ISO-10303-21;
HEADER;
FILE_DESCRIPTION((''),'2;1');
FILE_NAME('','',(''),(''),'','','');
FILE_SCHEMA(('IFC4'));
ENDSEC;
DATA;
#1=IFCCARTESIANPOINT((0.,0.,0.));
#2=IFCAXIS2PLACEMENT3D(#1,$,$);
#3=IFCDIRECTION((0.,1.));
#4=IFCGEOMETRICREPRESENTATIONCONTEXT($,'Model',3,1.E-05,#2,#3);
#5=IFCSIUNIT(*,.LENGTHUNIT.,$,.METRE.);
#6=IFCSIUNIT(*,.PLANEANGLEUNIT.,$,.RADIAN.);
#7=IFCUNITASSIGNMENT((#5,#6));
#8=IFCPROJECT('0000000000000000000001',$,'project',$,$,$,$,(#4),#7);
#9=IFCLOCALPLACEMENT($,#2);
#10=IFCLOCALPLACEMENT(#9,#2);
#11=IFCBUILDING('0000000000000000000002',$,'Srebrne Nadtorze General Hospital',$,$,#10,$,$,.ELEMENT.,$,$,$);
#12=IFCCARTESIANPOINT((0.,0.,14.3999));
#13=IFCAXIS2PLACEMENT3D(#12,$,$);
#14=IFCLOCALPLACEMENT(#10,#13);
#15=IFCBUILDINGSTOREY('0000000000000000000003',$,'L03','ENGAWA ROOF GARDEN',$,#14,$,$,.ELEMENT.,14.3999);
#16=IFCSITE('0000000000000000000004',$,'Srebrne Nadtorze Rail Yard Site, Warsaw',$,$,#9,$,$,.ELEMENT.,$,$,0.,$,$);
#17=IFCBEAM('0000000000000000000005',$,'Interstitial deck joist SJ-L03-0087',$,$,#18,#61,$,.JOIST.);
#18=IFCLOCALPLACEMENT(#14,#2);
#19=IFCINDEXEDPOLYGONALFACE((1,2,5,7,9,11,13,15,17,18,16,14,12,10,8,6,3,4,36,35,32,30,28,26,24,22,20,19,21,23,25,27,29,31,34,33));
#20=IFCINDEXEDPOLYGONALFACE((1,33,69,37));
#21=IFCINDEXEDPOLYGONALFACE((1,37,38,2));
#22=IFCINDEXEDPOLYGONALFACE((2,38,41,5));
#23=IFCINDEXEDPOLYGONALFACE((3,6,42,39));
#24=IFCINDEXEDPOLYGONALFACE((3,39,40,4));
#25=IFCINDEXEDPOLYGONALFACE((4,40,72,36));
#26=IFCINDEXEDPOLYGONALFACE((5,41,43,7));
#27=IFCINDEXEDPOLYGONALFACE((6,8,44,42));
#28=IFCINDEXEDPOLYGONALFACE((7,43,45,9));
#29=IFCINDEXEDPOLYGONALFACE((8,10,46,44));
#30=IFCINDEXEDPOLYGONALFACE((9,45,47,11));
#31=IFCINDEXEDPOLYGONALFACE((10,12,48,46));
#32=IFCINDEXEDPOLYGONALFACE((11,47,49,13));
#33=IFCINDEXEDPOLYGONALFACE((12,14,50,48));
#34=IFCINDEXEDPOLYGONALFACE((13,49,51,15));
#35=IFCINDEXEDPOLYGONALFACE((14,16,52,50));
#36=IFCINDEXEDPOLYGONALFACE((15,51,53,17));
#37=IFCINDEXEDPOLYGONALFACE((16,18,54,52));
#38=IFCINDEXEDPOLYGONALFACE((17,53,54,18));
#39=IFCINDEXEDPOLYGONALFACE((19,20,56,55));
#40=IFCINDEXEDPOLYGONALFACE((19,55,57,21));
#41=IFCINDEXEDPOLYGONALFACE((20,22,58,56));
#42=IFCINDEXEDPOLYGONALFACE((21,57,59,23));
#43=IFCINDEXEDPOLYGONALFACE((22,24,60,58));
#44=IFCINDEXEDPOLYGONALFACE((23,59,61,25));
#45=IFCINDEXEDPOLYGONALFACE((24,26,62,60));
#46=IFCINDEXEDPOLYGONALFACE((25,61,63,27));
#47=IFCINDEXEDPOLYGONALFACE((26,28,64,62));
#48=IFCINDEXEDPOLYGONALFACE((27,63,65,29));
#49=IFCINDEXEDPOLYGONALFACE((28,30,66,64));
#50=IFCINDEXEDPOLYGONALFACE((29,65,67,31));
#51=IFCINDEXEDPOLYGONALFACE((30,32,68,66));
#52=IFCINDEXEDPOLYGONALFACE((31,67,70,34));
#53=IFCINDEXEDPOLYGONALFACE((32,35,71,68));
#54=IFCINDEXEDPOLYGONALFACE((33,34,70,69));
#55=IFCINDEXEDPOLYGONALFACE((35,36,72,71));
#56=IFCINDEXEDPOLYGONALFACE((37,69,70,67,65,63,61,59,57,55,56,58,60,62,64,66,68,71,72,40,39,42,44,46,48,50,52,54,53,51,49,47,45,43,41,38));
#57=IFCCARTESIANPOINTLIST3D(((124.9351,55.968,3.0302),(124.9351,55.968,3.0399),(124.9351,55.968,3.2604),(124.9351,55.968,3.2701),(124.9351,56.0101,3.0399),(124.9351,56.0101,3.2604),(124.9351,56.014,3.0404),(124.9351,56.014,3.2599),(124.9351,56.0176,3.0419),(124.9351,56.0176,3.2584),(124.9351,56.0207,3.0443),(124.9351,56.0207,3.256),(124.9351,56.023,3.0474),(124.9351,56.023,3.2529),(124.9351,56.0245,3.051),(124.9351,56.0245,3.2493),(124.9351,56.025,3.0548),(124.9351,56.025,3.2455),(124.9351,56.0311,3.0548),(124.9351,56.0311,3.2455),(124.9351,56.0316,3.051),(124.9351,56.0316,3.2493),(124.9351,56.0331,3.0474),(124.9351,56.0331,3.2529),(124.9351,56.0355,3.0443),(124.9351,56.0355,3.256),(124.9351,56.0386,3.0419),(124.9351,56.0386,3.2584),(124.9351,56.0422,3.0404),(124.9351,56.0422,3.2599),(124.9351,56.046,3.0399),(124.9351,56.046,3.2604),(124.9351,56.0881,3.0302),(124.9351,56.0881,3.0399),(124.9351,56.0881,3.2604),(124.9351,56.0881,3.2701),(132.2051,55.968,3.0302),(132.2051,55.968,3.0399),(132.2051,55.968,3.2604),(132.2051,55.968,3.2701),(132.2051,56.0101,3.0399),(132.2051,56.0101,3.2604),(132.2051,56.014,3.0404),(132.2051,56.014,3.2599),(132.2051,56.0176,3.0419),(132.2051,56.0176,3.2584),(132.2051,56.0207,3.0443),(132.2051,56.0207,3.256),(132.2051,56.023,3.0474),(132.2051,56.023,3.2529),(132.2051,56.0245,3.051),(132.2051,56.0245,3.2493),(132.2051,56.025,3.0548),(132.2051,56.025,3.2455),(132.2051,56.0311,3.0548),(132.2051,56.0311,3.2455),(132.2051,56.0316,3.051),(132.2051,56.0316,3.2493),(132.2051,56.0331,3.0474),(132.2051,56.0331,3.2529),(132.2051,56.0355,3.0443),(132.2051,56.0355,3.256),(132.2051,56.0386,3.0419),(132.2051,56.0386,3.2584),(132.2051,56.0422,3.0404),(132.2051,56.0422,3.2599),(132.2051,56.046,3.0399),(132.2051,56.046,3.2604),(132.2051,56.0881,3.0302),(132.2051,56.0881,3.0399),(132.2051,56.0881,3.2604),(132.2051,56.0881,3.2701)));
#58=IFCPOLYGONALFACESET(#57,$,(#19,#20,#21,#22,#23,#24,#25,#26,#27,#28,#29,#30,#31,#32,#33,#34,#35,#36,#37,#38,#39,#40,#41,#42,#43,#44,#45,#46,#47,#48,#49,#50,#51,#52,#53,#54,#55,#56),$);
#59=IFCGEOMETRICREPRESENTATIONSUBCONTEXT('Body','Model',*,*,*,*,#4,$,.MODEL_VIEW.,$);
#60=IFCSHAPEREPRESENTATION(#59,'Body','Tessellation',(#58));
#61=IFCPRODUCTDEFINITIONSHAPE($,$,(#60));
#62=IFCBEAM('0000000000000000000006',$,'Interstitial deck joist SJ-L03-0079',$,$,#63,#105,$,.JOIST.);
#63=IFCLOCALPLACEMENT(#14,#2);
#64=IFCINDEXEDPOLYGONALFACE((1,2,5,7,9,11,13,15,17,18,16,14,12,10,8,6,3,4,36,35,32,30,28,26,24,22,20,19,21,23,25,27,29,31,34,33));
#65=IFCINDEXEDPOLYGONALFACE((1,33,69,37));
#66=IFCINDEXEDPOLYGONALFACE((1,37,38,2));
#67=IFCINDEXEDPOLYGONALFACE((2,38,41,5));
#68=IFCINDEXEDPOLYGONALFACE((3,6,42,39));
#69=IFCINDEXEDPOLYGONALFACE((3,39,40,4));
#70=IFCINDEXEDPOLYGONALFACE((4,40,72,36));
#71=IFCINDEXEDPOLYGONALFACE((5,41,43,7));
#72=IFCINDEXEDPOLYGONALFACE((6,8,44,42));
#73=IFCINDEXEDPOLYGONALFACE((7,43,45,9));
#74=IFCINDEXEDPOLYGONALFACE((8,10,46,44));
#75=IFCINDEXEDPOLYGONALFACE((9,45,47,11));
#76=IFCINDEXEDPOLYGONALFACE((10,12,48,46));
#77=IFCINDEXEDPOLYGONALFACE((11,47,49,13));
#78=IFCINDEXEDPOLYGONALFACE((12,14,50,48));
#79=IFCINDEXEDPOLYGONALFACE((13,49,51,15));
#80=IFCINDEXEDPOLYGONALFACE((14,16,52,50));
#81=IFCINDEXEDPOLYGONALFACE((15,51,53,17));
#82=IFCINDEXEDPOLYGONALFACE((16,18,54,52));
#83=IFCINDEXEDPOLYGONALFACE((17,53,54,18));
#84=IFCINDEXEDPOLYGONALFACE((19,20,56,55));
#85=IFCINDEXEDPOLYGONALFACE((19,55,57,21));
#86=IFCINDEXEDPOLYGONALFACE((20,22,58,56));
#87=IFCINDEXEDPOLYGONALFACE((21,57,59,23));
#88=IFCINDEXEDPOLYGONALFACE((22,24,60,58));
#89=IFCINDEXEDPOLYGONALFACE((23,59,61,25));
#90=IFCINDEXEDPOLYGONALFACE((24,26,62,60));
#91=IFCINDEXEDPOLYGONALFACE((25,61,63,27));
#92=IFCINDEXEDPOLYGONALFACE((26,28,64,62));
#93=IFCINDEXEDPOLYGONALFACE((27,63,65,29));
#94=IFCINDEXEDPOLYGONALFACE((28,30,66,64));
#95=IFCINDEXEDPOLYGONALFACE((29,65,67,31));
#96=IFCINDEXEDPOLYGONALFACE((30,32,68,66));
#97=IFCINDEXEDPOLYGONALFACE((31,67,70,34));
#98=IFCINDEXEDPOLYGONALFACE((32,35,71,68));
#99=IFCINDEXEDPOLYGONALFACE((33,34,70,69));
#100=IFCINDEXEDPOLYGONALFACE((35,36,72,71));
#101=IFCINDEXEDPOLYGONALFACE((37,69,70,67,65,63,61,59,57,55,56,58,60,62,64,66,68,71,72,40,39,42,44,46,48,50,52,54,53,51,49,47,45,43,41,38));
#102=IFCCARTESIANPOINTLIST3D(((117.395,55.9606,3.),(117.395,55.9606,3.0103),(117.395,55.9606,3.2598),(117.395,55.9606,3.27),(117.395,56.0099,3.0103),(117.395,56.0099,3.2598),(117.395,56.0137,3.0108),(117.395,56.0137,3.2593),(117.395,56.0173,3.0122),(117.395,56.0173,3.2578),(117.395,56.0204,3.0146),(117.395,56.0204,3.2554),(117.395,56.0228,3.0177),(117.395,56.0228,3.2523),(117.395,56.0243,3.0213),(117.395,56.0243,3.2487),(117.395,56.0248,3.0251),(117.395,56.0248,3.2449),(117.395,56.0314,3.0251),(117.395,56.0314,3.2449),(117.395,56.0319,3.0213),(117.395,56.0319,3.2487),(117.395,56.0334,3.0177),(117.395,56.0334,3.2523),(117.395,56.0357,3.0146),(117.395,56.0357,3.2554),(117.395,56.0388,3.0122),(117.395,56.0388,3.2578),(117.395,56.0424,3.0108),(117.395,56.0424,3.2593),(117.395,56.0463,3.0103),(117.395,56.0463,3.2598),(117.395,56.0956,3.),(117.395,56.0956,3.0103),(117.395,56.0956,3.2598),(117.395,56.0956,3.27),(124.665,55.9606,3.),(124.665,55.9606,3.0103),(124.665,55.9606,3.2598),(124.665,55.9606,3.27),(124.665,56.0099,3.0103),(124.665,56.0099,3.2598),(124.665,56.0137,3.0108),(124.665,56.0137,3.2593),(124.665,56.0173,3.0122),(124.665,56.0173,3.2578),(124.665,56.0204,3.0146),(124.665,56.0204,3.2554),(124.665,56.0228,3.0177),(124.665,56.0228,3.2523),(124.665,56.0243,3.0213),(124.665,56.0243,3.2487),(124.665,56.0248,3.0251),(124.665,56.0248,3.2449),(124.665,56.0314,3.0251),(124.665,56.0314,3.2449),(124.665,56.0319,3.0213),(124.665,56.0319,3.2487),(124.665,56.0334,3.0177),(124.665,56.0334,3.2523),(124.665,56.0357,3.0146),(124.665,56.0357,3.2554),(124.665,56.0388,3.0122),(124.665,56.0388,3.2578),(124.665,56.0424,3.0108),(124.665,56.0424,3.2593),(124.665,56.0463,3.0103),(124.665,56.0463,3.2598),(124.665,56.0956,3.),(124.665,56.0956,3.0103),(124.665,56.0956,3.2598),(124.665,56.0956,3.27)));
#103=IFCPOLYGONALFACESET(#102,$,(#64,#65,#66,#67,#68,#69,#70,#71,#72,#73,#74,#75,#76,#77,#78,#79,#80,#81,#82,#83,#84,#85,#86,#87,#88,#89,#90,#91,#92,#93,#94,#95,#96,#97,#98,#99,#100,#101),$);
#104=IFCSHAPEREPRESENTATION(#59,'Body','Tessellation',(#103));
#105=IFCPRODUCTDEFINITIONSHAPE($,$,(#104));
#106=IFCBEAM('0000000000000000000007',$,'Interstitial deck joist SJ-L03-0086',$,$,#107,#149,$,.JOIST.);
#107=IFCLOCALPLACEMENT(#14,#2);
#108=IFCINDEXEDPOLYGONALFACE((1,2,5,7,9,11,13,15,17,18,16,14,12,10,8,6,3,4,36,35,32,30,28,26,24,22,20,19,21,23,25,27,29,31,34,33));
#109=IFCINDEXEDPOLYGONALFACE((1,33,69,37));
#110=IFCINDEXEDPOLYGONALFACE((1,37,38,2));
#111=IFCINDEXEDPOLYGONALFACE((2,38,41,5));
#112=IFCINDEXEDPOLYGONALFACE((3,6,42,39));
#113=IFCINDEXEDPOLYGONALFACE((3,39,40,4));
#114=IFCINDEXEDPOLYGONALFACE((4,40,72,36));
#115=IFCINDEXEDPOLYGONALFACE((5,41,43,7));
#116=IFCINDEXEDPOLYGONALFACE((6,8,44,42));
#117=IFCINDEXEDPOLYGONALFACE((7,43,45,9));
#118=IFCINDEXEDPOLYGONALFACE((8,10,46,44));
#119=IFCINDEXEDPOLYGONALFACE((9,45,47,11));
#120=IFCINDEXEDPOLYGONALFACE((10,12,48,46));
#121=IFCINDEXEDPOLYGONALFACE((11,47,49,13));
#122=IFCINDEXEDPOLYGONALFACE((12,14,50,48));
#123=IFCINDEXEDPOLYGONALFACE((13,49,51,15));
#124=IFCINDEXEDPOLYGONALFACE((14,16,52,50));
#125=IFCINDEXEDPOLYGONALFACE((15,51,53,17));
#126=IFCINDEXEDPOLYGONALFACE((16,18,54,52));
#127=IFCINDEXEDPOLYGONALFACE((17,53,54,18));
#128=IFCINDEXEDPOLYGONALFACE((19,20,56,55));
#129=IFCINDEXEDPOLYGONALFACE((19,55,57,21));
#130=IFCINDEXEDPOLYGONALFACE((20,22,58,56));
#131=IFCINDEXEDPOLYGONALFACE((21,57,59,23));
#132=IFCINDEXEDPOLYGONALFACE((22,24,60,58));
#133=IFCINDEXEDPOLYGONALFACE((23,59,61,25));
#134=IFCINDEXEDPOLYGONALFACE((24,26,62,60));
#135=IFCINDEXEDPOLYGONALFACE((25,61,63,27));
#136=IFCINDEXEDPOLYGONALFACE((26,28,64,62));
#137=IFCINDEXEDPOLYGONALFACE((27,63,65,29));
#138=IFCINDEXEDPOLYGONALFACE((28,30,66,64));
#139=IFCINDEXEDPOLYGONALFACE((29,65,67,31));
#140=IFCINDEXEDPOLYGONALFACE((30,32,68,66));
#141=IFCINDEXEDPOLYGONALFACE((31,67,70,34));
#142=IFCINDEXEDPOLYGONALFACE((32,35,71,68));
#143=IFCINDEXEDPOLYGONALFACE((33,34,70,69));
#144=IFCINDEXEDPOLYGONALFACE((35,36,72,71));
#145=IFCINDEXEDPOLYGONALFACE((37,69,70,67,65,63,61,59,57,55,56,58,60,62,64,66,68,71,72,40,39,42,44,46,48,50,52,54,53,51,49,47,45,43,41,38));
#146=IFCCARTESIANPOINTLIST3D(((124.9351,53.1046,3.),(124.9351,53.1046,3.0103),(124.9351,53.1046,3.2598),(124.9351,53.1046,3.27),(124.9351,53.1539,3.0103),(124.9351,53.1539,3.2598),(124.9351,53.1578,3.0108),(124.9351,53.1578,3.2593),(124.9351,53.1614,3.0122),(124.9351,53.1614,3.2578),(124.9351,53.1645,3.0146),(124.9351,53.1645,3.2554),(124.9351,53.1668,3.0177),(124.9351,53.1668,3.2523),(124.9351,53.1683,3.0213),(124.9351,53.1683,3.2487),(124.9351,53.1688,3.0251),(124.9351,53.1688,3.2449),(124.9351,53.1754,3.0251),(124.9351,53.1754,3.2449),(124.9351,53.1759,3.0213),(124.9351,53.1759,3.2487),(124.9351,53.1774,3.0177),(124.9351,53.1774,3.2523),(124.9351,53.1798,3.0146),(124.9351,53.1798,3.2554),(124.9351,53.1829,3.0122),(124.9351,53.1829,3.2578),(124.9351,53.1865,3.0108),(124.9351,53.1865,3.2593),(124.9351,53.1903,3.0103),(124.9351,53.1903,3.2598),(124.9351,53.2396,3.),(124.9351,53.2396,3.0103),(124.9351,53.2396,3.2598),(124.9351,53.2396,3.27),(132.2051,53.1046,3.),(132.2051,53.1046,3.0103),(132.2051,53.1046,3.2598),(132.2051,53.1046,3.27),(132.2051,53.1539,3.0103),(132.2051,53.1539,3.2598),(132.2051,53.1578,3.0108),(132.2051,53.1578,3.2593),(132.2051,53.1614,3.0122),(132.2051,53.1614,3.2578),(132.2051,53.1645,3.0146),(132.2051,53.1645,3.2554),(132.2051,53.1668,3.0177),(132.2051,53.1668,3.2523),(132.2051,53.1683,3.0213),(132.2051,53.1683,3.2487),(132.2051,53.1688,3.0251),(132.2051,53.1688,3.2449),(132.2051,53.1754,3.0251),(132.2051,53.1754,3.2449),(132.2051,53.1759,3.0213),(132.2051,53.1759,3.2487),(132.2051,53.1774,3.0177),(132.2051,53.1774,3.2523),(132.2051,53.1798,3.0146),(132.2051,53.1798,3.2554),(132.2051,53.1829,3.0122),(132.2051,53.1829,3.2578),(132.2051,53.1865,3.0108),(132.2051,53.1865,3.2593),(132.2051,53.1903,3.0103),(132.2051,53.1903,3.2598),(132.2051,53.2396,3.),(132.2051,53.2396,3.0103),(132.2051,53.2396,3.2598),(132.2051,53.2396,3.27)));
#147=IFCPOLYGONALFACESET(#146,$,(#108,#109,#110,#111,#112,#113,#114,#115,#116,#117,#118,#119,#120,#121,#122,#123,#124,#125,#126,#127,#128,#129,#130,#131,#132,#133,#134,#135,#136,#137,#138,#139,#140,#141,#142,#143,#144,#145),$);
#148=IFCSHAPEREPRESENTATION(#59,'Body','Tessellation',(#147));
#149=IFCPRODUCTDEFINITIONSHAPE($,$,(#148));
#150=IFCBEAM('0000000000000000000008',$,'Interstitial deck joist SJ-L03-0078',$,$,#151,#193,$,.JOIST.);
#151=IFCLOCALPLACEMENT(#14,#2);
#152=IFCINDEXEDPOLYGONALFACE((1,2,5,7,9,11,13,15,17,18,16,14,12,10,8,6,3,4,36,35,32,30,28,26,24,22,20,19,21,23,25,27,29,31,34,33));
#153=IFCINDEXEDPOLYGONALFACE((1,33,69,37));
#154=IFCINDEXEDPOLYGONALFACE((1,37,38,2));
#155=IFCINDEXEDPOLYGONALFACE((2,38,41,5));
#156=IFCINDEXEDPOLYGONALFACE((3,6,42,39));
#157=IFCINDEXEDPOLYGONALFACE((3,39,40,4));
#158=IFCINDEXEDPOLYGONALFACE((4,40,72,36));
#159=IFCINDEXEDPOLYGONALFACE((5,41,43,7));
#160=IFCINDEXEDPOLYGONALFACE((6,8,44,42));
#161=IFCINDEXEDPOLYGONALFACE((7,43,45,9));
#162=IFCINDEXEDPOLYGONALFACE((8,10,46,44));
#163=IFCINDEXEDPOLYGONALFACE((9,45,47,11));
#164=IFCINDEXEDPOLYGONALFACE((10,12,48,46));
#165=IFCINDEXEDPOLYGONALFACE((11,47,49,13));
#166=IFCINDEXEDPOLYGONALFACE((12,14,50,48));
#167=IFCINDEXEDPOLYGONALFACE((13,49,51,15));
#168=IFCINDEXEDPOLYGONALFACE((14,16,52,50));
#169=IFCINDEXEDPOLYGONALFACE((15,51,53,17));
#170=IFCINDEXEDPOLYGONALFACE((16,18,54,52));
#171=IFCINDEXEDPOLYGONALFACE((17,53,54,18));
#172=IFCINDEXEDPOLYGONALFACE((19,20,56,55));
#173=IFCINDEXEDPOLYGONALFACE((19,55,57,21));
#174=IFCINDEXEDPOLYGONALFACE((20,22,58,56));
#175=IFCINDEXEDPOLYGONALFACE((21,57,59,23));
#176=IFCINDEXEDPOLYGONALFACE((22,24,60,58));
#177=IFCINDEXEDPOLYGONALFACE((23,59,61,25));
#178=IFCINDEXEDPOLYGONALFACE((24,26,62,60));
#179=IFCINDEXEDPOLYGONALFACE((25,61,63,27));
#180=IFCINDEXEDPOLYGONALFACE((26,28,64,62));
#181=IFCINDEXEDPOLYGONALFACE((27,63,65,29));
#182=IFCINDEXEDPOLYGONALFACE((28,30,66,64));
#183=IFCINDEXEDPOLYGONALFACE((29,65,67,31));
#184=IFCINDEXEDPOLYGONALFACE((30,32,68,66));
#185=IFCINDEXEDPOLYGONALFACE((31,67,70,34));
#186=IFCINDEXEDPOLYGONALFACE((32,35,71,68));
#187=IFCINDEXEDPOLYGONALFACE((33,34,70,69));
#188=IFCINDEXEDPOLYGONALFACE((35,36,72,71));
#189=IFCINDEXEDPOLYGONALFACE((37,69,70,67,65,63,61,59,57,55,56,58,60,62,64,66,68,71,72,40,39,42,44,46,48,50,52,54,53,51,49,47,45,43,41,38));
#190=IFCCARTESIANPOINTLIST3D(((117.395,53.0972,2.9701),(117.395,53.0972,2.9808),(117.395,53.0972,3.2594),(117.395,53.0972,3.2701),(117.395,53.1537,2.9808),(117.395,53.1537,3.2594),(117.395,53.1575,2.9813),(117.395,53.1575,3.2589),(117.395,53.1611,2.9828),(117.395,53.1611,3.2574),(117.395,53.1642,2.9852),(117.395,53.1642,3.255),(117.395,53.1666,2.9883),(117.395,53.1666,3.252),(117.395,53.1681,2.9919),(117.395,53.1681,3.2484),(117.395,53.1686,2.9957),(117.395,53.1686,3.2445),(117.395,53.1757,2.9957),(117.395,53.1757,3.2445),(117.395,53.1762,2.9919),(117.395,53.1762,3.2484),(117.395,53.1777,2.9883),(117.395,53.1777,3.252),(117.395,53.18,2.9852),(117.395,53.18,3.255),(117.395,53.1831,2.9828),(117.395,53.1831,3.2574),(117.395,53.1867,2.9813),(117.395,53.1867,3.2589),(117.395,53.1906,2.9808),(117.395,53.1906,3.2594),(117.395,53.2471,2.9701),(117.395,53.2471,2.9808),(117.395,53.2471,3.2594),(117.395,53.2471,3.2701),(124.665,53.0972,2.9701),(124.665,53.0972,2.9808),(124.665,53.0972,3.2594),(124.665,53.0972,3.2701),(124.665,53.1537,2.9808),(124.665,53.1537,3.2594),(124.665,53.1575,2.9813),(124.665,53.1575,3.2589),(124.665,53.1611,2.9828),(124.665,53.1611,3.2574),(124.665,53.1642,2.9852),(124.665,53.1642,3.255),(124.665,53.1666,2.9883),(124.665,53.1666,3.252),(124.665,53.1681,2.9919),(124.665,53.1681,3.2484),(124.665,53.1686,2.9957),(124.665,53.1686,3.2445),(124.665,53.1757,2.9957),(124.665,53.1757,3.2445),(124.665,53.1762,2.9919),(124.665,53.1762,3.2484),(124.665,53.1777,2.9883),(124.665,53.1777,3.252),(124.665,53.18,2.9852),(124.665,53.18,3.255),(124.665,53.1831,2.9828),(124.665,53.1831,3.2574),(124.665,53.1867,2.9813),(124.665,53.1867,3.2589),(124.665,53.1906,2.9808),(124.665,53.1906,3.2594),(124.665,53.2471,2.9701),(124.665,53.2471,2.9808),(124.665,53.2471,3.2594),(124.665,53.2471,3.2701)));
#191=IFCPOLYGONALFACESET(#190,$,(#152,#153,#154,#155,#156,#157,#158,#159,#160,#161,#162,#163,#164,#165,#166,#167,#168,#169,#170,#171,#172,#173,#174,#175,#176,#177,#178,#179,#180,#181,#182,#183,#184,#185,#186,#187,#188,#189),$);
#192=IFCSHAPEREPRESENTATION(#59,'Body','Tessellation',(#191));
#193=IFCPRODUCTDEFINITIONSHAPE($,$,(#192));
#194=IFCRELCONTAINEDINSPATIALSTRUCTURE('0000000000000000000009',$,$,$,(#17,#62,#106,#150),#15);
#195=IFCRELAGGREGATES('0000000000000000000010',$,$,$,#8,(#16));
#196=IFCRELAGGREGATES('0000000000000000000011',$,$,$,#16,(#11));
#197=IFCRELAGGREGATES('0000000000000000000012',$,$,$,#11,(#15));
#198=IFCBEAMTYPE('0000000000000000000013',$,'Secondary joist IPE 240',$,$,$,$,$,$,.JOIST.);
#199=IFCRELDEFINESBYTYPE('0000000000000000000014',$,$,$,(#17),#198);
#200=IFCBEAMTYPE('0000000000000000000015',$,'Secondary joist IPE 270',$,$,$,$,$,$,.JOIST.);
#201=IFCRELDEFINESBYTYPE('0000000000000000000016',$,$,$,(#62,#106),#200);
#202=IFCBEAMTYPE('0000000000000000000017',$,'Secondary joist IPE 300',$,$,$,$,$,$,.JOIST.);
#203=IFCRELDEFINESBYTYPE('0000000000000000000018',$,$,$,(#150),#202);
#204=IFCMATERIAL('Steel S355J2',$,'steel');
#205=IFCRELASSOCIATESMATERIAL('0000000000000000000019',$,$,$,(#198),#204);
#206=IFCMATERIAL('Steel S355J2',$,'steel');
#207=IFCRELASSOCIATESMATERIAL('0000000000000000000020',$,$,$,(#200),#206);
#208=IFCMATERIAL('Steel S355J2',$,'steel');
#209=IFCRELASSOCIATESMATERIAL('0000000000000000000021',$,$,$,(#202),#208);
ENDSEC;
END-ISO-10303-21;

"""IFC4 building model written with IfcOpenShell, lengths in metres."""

from ifc_helpers import new_model, si_unit, direction, frame, origin, origin_2d, place, context, subcontext, project, spatial, i_section, extrude, material, material_profile, profile_set, type_object, element, save


model = new_model("IFC4")

# Units and contexts
model_context = context("Model", 3, precision=1e-05, world=origin(), true_north=direction((0.0, 1.0)))
body_context = subcontext(model_context, "Body", "Model", "MODEL_VIEW")
ifc_project = project(units=[si_unit("LENGTHUNIT", "METRE"), si_unit("PLANEANGLEUNIT", "RADIAN")], contexts=[model_context])

# Site, building, storey
site_placement = place(None, origin())
site = spatial("IfcSite", under=ifc_project, at=site_placement, Name="Srebrne Nadtorze Rail Yard Site, Warsaw", CompositionType="ELEMENT", RefElevation=0.0)
building_placement = place(site_placement, origin())
building = spatial("IfcBuilding", under=site, at=building_placement, Name="Srebrne Nadtorze General Hospital", CompositionType="ELEMENT")
storey_placement = place(building_placement, frame((0.0, 0.0, 14.3999)))
storey = spatial("IfcBuildingStorey", under=building, at=storey_placement, Name="L03", Description="ENGAWA ROOF GARDEN", CompositionType="ELEMENT", Elevation=14.3999)

# Beams
ifc_material_1 = material(Name="Steel S355J2", Category="steel")
ifc_material_profile_1 = material_profile(ifc_material_1, i_section(OverallWidth=0.1201, OverallDepth=0.24, WebThickness=0.0061, FlangeThickness=0.0098, FilletRadius=0.0149, at=origin_2d()), Name="IPE-240")
ifc_profile_set_1 = profile_set([ifc_material_profile_1], Name="Steel S355J2")
beam_type_1 = type_object("IfcBeamType", Name="Secondary joist IPE 240", PredefinedType="JOIST", material=ifc_profile_set_1)
beam_1_placement = place(storey_placement, frame((124.9351, 56.0281, 3.1501), z_axis=(1.0, 0.0, 0.0), x_axis=(0.0, 1.0, 0.0)))
element("IfcBeam", 1, at=beam_1_placement, inside=storey, type_object=beam_type_1, Name="Interstitial deck joist SJ-L03-0087", PredefinedType="JOIST", context=body_context, shape_type="SweptSolid", body=[
    extrude(i_section(OverallWidth=0.1201, OverallDepth=0.24, WebThickness=0.0061, FlangeThickness=0.0098, FilletRadius=0.0149, at=origin_2d()), origin(), (0.0, 0.0, 1.0), 7.27),
])
ifc_material_2 = material(Name="Steel S355J2", Category="steel")
ifc_material_profile_2 = material_profile(ifc_material_2, i_section(OverallWidth=0.135, OverallDepth=0.27, WebThickness=0.0066, FlangeThickness=0.0103, FilletRadius=0.0149, at=origin_2d()), Name="IPE-270")
ifc_profile_set_2 = profile_set([ifc_material_profile_2], Name="Steel S355J2")
beam_type_2 = type_object("IfcBeamType", Name="Secondary joist IPE 270", PredefinedType="JOIST", material=ifc_profile_set_2)
for number, where, z_axis, x_axis, name in (
    (2, (117.395, 56.0281, 3.135), (1.0, 0.0, 0.0), (0.0, 1.0, 0.0), "Interstitial deck joist SJ-L03-0079"),
    (3, (124.9351, 53.1721, 3.135), (1.0, 0.0, 0.0), (0.0, 1.0, 0.0), "Interstitial deck joist SJ-L03-0086"),
):
    element("IfcBeam", number, at=place(storey_placement, frame(where, z_axis=z_axis, x_axis=x_axis)), inside=storey, type_object=beam_type_2, Name=name, PredefinedType="JOIST", context=body_context, shape_type="SweptSolid", body=[
        extrude(i_section(OverallWidth=0.135, OverallDepth=0.27, WebThickness=0.0066, FlangeThickness=0.0103, FilletRadius=0.0149, at=origin_2d()), origin(), (0.0, 0.0, 1.0), 7.27),
    ])
ifc_material_3 = material(Name="Steel S355J2", Category="steel")
ifc_material_profile_3 = material_profile(ifc_material_3, i_section(OverallWidth=0.1499, OverallDepth=0.3, WebThickness=0.0071, FlangeThickness=0.0107, FilletRadius=0.0149, at=origin_2d()), Name="IPE-300")
ifc_profile_set_3 = profile_set([ifc_material_profile_3], Name="Steel S355J2")
beam_type_3 = type_object("IfcBeamType", Name="Secondary joist IPE 300", PredefinedType="JOIST", material=ifc_profile_set_3)
beam_2_placement = place(storey_placement, frame((117.395, 53.1721, 3.1201), z_axis=(1.0, 0.0, 0.0), x_axis=(0.0, 1.0, 0.0)))
element("IfcBeam", 4, at=beam_2_placement, inside=storey, type_object=beam_type_3, Name="Interstitial deck joist SJ-L03-0078", PredefinedType="JOIST", context=body_context, shape_type="SweptSolid", body=[
    extrude(i_section(OverallWidth=0.1499, OverallDepth=0.3, WebThickness=0.0071, FlangeThickness=0.0107, FilletRadius=0.0149, at=origin_2d()), origin(), (0.0, 0.0, 1.0), 7.27),
])

save(model, "model.ifc")
